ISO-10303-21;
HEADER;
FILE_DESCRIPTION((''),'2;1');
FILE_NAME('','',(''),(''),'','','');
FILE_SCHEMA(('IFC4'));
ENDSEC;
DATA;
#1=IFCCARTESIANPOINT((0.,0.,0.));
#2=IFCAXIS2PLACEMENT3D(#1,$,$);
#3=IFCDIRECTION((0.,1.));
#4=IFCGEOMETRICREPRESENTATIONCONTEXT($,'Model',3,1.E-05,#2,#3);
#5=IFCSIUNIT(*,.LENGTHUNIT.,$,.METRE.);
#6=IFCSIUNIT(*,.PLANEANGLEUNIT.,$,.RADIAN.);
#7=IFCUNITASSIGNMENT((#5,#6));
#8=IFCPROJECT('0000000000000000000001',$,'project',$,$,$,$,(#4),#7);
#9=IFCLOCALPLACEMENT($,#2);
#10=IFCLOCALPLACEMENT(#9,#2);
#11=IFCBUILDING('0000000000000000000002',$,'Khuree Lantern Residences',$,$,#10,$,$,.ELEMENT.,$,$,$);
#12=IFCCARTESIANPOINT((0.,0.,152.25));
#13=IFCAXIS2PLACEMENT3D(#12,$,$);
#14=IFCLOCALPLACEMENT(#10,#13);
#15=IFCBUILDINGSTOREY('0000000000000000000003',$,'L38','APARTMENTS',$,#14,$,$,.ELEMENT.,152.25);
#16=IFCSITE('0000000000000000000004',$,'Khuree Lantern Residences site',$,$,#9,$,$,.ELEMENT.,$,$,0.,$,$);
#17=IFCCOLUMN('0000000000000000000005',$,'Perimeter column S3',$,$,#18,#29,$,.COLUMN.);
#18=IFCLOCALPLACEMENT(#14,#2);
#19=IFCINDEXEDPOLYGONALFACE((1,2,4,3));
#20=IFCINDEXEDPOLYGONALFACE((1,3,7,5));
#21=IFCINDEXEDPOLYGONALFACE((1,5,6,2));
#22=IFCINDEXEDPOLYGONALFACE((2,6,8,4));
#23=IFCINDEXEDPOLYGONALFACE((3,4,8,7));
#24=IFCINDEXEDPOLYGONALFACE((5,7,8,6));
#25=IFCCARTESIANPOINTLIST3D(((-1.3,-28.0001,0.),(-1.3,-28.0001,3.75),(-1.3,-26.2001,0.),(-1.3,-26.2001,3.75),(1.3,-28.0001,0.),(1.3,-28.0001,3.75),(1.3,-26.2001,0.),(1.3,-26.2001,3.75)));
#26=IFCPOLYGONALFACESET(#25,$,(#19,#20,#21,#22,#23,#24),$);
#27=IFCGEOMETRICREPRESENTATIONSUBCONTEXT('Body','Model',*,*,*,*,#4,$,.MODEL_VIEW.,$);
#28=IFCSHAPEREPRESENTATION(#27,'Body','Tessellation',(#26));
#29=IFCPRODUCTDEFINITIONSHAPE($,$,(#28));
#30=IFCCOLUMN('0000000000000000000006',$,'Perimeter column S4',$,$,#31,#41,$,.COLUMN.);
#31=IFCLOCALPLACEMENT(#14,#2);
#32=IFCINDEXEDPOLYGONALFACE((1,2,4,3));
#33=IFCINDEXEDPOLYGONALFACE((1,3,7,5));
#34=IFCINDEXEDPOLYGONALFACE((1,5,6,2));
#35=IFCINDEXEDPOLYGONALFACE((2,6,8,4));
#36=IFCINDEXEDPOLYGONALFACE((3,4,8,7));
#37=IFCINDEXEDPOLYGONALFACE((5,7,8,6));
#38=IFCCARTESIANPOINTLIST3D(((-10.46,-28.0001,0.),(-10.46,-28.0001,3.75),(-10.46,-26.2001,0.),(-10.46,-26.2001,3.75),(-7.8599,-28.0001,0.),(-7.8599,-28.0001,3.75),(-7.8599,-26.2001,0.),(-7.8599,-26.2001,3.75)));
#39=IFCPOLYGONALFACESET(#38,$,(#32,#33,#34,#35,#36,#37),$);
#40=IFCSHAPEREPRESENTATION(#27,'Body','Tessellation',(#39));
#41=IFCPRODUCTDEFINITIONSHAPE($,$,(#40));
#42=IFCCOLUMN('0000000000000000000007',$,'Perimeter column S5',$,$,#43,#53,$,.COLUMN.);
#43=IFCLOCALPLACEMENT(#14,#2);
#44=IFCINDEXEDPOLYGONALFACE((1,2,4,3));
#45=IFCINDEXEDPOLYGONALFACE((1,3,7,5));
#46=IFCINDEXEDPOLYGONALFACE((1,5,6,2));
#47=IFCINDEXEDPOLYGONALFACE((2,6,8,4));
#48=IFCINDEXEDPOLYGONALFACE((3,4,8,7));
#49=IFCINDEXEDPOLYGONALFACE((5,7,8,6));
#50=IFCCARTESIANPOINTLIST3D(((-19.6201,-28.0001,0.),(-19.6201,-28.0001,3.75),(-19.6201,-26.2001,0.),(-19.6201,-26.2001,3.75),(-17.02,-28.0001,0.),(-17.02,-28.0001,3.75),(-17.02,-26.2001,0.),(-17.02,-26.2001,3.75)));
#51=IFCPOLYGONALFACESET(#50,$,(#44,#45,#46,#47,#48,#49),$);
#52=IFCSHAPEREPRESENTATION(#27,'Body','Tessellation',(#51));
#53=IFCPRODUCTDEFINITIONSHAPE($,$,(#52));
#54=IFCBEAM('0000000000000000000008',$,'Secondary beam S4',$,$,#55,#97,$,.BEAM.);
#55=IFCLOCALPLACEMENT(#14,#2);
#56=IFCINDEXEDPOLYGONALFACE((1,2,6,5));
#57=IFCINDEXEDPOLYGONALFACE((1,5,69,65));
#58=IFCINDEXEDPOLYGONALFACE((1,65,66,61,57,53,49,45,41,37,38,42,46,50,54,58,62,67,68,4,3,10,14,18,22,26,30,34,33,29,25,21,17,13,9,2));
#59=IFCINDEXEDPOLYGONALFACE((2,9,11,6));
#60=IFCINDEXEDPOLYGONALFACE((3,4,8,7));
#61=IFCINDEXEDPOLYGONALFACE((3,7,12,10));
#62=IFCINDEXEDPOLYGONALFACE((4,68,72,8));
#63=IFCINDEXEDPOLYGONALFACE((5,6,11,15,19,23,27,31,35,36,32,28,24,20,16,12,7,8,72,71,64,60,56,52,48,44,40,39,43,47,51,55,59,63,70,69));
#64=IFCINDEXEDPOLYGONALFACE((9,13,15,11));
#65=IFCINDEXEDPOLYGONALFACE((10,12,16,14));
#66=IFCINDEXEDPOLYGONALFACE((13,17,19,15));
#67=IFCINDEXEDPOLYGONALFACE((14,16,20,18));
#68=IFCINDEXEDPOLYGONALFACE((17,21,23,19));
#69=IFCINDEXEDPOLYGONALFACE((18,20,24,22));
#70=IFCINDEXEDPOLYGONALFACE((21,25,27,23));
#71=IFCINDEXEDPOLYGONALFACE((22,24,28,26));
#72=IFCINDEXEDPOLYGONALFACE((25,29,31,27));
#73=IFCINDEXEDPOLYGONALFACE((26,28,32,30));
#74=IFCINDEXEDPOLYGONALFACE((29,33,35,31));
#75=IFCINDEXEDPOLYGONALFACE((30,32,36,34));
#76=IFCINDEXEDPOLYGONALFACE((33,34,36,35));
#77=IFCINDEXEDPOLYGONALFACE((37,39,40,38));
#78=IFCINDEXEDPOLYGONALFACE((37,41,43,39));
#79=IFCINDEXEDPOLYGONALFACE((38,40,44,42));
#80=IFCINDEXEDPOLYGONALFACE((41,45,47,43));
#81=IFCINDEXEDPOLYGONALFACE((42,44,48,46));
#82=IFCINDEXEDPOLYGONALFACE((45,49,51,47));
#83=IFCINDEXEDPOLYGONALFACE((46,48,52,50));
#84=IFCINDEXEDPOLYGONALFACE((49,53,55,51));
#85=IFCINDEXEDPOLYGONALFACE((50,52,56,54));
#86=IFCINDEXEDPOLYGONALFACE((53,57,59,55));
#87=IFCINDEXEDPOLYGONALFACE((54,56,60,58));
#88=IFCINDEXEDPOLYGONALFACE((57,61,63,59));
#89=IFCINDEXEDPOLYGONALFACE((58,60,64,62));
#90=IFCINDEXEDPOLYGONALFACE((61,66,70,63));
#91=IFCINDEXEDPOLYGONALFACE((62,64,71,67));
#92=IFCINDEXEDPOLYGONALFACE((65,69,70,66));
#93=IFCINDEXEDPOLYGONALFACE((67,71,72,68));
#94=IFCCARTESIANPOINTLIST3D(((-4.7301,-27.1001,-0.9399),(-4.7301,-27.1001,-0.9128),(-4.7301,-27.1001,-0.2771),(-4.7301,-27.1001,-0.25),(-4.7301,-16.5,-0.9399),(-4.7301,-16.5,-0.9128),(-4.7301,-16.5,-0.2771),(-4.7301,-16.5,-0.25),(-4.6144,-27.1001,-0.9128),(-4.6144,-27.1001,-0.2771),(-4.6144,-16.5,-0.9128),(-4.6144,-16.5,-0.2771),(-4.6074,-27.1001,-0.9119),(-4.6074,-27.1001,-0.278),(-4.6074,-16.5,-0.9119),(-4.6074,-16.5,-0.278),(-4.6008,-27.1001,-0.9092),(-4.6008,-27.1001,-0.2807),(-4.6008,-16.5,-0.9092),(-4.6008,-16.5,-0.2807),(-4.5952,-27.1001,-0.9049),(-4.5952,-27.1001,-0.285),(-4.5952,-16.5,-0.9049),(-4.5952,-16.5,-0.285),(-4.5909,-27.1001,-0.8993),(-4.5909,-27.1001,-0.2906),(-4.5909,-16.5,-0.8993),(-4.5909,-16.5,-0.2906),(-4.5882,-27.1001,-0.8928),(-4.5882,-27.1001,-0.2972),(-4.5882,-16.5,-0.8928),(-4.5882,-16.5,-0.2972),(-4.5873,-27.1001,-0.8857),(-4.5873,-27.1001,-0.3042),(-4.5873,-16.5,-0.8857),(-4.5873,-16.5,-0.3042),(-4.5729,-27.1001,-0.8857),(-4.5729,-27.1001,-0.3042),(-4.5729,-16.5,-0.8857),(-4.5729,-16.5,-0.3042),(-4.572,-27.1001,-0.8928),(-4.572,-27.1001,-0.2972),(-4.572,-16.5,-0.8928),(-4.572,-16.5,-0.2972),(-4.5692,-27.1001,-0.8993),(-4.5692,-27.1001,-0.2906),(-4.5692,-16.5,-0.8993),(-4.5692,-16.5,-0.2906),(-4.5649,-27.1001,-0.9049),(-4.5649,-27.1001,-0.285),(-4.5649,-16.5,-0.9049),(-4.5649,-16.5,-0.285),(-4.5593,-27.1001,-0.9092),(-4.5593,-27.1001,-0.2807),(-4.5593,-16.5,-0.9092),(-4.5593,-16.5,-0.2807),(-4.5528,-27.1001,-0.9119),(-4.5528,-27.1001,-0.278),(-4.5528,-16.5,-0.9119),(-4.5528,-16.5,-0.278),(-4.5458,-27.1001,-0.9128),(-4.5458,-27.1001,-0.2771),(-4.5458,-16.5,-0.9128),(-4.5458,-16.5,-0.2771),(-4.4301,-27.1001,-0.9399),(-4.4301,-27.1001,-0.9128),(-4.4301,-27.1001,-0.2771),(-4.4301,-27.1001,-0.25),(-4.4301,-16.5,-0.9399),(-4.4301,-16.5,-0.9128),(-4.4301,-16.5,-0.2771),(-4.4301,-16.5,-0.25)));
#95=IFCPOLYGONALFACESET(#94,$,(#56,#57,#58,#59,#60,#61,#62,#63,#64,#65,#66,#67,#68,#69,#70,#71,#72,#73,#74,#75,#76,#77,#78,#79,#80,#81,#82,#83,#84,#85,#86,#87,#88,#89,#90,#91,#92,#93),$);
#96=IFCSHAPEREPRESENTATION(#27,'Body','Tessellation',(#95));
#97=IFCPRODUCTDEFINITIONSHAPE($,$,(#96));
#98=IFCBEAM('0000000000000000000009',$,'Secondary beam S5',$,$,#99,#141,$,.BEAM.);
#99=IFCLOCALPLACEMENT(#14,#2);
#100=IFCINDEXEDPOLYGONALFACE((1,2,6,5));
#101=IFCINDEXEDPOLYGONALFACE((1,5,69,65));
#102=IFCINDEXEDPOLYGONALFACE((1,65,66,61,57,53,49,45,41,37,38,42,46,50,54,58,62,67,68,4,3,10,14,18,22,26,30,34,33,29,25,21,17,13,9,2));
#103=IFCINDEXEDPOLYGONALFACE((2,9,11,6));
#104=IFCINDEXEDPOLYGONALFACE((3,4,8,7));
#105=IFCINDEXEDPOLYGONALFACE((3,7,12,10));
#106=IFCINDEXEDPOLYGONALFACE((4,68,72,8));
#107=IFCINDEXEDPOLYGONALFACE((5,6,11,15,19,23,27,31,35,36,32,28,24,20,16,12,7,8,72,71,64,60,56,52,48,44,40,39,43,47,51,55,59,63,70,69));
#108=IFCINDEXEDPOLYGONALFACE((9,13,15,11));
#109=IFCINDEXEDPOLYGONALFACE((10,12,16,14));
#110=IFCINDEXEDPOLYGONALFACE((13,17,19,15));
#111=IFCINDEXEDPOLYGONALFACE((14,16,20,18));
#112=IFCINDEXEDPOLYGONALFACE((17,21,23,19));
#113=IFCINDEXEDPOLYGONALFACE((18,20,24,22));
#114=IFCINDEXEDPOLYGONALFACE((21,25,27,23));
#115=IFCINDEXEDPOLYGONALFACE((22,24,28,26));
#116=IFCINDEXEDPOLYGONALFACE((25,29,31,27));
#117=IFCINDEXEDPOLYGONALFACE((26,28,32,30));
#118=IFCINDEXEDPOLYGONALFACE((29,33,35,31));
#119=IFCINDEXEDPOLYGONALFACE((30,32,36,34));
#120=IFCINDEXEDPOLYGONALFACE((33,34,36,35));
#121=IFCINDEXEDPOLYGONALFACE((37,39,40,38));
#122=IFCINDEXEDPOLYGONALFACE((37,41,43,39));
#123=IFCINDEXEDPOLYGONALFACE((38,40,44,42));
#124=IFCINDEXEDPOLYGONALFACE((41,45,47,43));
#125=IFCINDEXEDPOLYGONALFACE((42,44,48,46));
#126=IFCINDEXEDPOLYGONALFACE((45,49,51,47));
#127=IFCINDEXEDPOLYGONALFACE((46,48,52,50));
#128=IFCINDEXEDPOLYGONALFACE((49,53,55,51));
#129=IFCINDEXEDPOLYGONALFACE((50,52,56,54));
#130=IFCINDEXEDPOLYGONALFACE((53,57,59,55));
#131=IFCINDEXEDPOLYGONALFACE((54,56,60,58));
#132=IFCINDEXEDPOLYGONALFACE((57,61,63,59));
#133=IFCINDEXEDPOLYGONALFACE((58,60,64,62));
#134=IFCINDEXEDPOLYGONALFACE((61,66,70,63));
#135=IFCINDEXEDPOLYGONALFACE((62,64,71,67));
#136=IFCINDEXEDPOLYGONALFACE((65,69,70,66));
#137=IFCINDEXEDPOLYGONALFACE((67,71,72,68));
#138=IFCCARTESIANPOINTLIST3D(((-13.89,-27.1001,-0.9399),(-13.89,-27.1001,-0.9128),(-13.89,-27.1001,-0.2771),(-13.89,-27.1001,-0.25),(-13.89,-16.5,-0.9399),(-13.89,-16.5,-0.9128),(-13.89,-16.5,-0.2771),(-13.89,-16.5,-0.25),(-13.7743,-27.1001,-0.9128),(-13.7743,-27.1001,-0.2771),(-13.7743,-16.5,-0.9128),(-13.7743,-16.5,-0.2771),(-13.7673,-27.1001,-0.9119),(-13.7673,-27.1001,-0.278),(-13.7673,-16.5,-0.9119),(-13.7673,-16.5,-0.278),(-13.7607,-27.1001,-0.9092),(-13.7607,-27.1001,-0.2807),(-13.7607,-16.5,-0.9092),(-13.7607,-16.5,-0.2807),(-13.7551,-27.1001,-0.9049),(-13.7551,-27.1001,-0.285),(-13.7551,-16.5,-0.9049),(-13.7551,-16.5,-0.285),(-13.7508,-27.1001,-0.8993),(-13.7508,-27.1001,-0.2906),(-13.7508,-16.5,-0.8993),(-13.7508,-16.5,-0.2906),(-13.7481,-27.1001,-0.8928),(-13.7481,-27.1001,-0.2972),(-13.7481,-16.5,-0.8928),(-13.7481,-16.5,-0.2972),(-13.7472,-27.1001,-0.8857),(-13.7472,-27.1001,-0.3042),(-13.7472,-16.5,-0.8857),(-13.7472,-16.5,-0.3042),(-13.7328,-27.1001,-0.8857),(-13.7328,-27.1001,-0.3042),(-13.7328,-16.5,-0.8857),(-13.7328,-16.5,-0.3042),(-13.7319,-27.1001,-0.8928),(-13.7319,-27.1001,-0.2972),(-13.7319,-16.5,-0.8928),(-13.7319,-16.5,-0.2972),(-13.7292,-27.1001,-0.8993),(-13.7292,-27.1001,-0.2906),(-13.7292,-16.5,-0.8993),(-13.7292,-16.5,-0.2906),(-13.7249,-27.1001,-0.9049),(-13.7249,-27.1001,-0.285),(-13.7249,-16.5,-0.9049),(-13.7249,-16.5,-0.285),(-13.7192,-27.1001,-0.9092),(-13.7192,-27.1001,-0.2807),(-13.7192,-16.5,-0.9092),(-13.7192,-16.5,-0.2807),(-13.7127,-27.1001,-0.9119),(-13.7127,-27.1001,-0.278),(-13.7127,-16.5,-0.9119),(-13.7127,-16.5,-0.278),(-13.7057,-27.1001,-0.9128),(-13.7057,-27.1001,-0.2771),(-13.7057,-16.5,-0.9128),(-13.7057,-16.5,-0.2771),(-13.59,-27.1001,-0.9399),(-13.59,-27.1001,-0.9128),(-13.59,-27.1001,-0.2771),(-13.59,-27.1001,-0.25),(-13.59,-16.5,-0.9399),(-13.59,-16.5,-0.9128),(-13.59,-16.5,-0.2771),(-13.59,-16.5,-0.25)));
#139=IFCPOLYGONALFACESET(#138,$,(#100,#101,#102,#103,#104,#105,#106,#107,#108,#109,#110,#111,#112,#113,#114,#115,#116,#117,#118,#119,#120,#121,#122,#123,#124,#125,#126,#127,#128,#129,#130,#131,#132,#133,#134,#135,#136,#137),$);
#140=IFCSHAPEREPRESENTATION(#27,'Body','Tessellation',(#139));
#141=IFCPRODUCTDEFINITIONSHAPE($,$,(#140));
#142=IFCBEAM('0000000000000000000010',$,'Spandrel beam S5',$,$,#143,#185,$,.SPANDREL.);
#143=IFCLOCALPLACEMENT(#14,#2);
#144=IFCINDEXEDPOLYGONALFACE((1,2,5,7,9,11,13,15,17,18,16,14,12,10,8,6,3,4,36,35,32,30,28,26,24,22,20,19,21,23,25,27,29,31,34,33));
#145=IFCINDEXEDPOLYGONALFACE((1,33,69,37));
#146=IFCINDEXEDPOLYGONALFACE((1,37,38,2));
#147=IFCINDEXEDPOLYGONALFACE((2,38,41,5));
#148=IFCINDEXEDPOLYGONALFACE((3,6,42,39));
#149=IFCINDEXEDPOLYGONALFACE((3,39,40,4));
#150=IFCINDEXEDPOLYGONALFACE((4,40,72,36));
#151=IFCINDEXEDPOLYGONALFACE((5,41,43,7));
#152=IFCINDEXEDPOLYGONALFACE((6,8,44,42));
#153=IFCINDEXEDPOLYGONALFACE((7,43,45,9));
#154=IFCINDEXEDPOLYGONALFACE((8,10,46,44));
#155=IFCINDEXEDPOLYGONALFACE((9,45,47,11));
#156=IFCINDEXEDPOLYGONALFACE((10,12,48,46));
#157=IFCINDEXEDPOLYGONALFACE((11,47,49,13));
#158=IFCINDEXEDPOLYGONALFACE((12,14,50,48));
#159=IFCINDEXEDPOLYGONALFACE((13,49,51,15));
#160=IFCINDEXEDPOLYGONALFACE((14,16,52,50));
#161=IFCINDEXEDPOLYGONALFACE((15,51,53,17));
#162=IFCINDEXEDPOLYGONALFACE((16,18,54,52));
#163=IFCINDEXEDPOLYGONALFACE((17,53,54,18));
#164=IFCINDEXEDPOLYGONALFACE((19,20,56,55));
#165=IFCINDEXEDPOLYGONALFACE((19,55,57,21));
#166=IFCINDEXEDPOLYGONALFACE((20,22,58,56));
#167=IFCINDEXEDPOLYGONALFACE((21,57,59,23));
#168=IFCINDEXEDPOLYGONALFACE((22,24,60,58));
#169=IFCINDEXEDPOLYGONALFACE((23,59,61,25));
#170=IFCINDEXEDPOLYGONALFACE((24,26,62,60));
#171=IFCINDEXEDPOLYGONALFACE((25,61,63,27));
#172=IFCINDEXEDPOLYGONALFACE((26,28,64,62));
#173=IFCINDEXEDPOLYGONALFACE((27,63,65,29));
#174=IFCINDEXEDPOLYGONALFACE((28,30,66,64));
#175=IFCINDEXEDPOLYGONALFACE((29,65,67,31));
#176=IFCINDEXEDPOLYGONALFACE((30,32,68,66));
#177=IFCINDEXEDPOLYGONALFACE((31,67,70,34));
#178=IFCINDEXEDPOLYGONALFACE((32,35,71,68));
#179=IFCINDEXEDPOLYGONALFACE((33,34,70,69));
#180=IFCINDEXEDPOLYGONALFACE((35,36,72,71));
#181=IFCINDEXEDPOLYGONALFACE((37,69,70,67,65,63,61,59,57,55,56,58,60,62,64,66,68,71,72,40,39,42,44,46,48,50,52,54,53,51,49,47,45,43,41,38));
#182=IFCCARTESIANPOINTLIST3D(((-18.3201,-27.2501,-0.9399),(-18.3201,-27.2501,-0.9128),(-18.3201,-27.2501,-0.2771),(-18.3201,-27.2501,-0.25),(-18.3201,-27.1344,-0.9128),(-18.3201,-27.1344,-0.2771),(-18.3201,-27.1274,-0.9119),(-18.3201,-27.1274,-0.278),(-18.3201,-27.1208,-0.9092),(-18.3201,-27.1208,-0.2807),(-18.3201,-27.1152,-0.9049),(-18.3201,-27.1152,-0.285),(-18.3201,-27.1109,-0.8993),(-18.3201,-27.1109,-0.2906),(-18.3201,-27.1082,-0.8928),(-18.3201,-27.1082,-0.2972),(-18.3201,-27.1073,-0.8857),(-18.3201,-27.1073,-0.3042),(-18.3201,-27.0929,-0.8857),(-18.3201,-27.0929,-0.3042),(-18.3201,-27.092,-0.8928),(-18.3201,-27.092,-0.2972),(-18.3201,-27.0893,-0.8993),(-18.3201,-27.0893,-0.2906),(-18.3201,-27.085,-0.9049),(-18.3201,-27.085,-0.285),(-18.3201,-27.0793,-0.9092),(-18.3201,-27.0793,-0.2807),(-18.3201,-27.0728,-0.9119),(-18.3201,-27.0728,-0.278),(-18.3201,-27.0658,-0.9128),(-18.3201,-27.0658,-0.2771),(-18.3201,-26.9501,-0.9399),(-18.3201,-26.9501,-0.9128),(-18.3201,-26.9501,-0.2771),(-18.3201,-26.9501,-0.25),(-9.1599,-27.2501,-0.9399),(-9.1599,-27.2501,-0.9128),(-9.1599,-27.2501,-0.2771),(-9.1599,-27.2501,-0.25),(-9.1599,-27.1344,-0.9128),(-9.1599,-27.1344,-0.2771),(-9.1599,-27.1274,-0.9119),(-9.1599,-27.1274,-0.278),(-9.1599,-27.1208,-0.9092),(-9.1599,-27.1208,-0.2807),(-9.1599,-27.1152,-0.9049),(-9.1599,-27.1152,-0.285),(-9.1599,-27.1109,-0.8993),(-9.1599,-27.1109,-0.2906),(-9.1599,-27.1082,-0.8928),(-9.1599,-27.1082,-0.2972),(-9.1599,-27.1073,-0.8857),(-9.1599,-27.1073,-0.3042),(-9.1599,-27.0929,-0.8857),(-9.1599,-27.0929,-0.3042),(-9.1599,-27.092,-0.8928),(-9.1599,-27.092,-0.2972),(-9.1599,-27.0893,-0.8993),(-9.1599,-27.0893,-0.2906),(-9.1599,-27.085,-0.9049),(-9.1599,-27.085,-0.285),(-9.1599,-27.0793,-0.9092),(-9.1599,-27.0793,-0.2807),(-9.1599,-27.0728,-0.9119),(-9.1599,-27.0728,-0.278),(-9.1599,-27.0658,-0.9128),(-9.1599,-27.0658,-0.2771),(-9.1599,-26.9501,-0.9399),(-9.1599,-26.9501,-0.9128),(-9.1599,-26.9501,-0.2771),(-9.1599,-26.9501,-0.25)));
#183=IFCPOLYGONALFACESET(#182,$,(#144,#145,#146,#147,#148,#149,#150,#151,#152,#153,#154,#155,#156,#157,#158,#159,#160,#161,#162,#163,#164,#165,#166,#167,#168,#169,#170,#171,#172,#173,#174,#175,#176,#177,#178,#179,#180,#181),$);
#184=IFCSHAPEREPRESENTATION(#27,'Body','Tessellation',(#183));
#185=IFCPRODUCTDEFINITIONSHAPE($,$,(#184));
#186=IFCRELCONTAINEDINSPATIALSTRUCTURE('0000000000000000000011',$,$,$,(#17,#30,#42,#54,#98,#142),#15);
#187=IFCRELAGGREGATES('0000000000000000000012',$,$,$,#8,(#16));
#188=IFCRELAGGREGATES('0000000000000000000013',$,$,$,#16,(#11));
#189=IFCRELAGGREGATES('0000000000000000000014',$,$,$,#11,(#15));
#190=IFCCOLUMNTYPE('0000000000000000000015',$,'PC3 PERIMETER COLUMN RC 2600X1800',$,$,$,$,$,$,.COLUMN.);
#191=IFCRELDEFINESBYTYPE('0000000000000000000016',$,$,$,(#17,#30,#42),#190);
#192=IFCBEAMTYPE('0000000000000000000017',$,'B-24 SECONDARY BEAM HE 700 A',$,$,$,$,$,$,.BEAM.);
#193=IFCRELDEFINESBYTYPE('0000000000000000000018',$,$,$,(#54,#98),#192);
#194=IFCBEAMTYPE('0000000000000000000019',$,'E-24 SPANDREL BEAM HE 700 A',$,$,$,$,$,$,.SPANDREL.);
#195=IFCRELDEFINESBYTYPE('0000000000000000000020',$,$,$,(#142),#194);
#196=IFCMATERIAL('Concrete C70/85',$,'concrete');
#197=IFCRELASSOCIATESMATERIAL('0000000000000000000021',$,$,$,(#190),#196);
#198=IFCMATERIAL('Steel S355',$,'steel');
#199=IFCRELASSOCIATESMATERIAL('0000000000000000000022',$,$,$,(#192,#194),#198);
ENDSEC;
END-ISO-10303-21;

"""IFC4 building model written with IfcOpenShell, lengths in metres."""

from ifc_helpers import new_model, si_unit, direction, frame, origin, origin_2d, place, context, subcontext, project, spatial, rectangle, i_section, extrude, material, material_profile, profile_set, type_object, element, save


model = new_model("IFC4")

# Units and contexts
model_context = context("Model", 3, precision=1e-05, world=origin(), true_north=direction((0.0, 1.0)))
body_context = subcontext(model_context, "Body", "Model", "MODEL_VIEW")
ifc_project = project(units=[si_unit("LENGTHUNIT", "METRE"), si_unit("PLANEANGLEUNIT", "RADIAN")], contexts=[model_context])

# Site, building, storey
site_placement = place(None, origin())
site = spatial("IfcSite", under=ifc_project, at=site_placement, Name="Khuree Lantern Residences site", CompositionType="ELEMENT", RefElevation=0.0)
building_placement = place(site_placement, origin())
building = spatial("IfcBuilding", under=site, at=building_placement, Name="Khuree Lantern Residences", CompositionType="ELEMENT")
storey_placement = place(building_placement, frame((0.0, 0.0, 152.25)))
storey = spatial("IfcBuildingStorey", under=building, at=storey_placement, Name="L38", Description="APARTMENTS", CompositionType="ELEMENT", Elevation=152.25)

# Columns
ifc_material_1 = material(Name="Concrete C70/85", Category="concrete")
ifc_material_profile_1 = material_profile(ifc_material_1, rectangle(XDim=2.6001, YDim=1.8, at=origin_2d()), Name="RC 2600X1800")
ifc_profile_set_1 = profile_set([ifc_material_profile_1], Name="Concrete C70/85")
column_type = type_object("IfcColumnType", Name="PC3 PERIMETER COLUMN RC 2600X1800", PredefinedType="COLUMN", material=ifc_profile_set_1)
for number, where, z_axis, x_axis, name in (
    (1, (0.0, -27.1001, 0.0), (0.0, 0.0, 1.0), (1.0, 0.0, 0.0), "Perimeter column S3"),
    (2, (-9.1599, -27.1001, 0.0), (0.0, 0.0, 1.0), (1.0, 0.0, 0.0), "Perimeter column S4"),
    (3, (-18.3201, -27.1001, 0.0), (0.0, 0.0, 1.0), (1.0, 0.0, 0.0), "Perimeter column S5"),
):
    element("IfcColumn", number, at=place(storey_placement, frame(where, z_axis=z_axis, x_axis=x_axis)), inside=storey, type_object=column_type, Name=name, PredefinedType="COLUMN", context=body_context, shape_type="SweptSolid", body=[
        extrude(rectangle(XDim=2.6001, YDim=1.8, at=origin_2d()), origin(), (0.0, 0.0, 1.0), 3.75),
    ])

# Beams
ifc_material_2 = material(Name="Steel S355", Category="steel")
ifc_material_profile_2 = material_profile(ifc_material_2, i_section(OverallWidth=0.3, OverallDepth=0.6899, WebThickness=0.0144, FlangeThickness=0.0271, FilletRadius=0.0271, at=origin_2d()), Name="HE 700 A")
ifc_profile_set_2 = profile_set([ifc_material_profile_2], Name="Steel S355")
beam_type_1 = type_object("IfcBeamType", Name="B-24 SECONDARY BEAM HE 700 A", PredefinedType="BEAM", material=ifc_profile_set_2)
for number, where, z_axis, x_axis, name in (
    (4, (-4.5801, -27.1001, -0.595), (0.0, 1.0, 0.0), (-1.0, 0.0, 0.0), "Secondary beam S4"),
    (5, (-13.74, -27.1001, -0.595), (0.0, 1.0, 0.0), (-1.0, 0.0, 0.0), "Secondary beam S5"),
):
    element("IfcBeam", number, at=place(storey_placement, frame(where, z_axis=z_axis, x_axis=x_axis)), inside=storey, type_object=beam_type_1, Name=name, PredefinedType="BEAM", context=body_context, shape_type="SweptSolid", body=[
        extrude(i_section(OverallWidth=0.3, OverallDepth=0.6899, WebThickness=0.0144, FlangeThickness=0.0271, FilletRadius=0.0271, at=origin_2d()), origin(), (0.0, 0.0, 1.0), 10.6001),
    ])
ifc_material_profile_3 = material_profile(ifc_material_2, i_section(OverallWidth=0.3, OverallDepth=0.6899, WebThickness=0.0144, FlangeThickness=0.0271, FilletRadius=0.0271, at=origin_2d()), Name="HE 700 A")
ifc_profile_set_3 = profile_set([ifc_material_profile_3], Name="Steel S355")
beam_type_2 = type_object("IfcBeamType", Name="E-24 SPANDREL BEAM HE 700 A", PredefinedType="SPANDREL", material=ifc_profile_set_3)
beam_1_placement = place(storey_placement, frame((-9.1599, -27.1001, -0.595), z_axis=(-1.0, 0.0, 0.0), x_axis=(0.0, -1.0, 0.0)))
element("IfcBeam", 6, at=beam_1_placement, inside=storey, type_object=beam_type_2, Name="Spandrel beam S5", PredefinedType="SPANDREL", context=body_context, shape_type="SweptSolid", body=[
    extrude(i_section(OverallWidth=0.3, OverallDepth=0.6899, WebThickness=0.0144, FlangeThickness=0.0271, FilletRadius=0.0271, at=origin_2d()), origin(), (0.0, 0.0, 1.0), 9.1602),
])

save(model, "model.ifc")
